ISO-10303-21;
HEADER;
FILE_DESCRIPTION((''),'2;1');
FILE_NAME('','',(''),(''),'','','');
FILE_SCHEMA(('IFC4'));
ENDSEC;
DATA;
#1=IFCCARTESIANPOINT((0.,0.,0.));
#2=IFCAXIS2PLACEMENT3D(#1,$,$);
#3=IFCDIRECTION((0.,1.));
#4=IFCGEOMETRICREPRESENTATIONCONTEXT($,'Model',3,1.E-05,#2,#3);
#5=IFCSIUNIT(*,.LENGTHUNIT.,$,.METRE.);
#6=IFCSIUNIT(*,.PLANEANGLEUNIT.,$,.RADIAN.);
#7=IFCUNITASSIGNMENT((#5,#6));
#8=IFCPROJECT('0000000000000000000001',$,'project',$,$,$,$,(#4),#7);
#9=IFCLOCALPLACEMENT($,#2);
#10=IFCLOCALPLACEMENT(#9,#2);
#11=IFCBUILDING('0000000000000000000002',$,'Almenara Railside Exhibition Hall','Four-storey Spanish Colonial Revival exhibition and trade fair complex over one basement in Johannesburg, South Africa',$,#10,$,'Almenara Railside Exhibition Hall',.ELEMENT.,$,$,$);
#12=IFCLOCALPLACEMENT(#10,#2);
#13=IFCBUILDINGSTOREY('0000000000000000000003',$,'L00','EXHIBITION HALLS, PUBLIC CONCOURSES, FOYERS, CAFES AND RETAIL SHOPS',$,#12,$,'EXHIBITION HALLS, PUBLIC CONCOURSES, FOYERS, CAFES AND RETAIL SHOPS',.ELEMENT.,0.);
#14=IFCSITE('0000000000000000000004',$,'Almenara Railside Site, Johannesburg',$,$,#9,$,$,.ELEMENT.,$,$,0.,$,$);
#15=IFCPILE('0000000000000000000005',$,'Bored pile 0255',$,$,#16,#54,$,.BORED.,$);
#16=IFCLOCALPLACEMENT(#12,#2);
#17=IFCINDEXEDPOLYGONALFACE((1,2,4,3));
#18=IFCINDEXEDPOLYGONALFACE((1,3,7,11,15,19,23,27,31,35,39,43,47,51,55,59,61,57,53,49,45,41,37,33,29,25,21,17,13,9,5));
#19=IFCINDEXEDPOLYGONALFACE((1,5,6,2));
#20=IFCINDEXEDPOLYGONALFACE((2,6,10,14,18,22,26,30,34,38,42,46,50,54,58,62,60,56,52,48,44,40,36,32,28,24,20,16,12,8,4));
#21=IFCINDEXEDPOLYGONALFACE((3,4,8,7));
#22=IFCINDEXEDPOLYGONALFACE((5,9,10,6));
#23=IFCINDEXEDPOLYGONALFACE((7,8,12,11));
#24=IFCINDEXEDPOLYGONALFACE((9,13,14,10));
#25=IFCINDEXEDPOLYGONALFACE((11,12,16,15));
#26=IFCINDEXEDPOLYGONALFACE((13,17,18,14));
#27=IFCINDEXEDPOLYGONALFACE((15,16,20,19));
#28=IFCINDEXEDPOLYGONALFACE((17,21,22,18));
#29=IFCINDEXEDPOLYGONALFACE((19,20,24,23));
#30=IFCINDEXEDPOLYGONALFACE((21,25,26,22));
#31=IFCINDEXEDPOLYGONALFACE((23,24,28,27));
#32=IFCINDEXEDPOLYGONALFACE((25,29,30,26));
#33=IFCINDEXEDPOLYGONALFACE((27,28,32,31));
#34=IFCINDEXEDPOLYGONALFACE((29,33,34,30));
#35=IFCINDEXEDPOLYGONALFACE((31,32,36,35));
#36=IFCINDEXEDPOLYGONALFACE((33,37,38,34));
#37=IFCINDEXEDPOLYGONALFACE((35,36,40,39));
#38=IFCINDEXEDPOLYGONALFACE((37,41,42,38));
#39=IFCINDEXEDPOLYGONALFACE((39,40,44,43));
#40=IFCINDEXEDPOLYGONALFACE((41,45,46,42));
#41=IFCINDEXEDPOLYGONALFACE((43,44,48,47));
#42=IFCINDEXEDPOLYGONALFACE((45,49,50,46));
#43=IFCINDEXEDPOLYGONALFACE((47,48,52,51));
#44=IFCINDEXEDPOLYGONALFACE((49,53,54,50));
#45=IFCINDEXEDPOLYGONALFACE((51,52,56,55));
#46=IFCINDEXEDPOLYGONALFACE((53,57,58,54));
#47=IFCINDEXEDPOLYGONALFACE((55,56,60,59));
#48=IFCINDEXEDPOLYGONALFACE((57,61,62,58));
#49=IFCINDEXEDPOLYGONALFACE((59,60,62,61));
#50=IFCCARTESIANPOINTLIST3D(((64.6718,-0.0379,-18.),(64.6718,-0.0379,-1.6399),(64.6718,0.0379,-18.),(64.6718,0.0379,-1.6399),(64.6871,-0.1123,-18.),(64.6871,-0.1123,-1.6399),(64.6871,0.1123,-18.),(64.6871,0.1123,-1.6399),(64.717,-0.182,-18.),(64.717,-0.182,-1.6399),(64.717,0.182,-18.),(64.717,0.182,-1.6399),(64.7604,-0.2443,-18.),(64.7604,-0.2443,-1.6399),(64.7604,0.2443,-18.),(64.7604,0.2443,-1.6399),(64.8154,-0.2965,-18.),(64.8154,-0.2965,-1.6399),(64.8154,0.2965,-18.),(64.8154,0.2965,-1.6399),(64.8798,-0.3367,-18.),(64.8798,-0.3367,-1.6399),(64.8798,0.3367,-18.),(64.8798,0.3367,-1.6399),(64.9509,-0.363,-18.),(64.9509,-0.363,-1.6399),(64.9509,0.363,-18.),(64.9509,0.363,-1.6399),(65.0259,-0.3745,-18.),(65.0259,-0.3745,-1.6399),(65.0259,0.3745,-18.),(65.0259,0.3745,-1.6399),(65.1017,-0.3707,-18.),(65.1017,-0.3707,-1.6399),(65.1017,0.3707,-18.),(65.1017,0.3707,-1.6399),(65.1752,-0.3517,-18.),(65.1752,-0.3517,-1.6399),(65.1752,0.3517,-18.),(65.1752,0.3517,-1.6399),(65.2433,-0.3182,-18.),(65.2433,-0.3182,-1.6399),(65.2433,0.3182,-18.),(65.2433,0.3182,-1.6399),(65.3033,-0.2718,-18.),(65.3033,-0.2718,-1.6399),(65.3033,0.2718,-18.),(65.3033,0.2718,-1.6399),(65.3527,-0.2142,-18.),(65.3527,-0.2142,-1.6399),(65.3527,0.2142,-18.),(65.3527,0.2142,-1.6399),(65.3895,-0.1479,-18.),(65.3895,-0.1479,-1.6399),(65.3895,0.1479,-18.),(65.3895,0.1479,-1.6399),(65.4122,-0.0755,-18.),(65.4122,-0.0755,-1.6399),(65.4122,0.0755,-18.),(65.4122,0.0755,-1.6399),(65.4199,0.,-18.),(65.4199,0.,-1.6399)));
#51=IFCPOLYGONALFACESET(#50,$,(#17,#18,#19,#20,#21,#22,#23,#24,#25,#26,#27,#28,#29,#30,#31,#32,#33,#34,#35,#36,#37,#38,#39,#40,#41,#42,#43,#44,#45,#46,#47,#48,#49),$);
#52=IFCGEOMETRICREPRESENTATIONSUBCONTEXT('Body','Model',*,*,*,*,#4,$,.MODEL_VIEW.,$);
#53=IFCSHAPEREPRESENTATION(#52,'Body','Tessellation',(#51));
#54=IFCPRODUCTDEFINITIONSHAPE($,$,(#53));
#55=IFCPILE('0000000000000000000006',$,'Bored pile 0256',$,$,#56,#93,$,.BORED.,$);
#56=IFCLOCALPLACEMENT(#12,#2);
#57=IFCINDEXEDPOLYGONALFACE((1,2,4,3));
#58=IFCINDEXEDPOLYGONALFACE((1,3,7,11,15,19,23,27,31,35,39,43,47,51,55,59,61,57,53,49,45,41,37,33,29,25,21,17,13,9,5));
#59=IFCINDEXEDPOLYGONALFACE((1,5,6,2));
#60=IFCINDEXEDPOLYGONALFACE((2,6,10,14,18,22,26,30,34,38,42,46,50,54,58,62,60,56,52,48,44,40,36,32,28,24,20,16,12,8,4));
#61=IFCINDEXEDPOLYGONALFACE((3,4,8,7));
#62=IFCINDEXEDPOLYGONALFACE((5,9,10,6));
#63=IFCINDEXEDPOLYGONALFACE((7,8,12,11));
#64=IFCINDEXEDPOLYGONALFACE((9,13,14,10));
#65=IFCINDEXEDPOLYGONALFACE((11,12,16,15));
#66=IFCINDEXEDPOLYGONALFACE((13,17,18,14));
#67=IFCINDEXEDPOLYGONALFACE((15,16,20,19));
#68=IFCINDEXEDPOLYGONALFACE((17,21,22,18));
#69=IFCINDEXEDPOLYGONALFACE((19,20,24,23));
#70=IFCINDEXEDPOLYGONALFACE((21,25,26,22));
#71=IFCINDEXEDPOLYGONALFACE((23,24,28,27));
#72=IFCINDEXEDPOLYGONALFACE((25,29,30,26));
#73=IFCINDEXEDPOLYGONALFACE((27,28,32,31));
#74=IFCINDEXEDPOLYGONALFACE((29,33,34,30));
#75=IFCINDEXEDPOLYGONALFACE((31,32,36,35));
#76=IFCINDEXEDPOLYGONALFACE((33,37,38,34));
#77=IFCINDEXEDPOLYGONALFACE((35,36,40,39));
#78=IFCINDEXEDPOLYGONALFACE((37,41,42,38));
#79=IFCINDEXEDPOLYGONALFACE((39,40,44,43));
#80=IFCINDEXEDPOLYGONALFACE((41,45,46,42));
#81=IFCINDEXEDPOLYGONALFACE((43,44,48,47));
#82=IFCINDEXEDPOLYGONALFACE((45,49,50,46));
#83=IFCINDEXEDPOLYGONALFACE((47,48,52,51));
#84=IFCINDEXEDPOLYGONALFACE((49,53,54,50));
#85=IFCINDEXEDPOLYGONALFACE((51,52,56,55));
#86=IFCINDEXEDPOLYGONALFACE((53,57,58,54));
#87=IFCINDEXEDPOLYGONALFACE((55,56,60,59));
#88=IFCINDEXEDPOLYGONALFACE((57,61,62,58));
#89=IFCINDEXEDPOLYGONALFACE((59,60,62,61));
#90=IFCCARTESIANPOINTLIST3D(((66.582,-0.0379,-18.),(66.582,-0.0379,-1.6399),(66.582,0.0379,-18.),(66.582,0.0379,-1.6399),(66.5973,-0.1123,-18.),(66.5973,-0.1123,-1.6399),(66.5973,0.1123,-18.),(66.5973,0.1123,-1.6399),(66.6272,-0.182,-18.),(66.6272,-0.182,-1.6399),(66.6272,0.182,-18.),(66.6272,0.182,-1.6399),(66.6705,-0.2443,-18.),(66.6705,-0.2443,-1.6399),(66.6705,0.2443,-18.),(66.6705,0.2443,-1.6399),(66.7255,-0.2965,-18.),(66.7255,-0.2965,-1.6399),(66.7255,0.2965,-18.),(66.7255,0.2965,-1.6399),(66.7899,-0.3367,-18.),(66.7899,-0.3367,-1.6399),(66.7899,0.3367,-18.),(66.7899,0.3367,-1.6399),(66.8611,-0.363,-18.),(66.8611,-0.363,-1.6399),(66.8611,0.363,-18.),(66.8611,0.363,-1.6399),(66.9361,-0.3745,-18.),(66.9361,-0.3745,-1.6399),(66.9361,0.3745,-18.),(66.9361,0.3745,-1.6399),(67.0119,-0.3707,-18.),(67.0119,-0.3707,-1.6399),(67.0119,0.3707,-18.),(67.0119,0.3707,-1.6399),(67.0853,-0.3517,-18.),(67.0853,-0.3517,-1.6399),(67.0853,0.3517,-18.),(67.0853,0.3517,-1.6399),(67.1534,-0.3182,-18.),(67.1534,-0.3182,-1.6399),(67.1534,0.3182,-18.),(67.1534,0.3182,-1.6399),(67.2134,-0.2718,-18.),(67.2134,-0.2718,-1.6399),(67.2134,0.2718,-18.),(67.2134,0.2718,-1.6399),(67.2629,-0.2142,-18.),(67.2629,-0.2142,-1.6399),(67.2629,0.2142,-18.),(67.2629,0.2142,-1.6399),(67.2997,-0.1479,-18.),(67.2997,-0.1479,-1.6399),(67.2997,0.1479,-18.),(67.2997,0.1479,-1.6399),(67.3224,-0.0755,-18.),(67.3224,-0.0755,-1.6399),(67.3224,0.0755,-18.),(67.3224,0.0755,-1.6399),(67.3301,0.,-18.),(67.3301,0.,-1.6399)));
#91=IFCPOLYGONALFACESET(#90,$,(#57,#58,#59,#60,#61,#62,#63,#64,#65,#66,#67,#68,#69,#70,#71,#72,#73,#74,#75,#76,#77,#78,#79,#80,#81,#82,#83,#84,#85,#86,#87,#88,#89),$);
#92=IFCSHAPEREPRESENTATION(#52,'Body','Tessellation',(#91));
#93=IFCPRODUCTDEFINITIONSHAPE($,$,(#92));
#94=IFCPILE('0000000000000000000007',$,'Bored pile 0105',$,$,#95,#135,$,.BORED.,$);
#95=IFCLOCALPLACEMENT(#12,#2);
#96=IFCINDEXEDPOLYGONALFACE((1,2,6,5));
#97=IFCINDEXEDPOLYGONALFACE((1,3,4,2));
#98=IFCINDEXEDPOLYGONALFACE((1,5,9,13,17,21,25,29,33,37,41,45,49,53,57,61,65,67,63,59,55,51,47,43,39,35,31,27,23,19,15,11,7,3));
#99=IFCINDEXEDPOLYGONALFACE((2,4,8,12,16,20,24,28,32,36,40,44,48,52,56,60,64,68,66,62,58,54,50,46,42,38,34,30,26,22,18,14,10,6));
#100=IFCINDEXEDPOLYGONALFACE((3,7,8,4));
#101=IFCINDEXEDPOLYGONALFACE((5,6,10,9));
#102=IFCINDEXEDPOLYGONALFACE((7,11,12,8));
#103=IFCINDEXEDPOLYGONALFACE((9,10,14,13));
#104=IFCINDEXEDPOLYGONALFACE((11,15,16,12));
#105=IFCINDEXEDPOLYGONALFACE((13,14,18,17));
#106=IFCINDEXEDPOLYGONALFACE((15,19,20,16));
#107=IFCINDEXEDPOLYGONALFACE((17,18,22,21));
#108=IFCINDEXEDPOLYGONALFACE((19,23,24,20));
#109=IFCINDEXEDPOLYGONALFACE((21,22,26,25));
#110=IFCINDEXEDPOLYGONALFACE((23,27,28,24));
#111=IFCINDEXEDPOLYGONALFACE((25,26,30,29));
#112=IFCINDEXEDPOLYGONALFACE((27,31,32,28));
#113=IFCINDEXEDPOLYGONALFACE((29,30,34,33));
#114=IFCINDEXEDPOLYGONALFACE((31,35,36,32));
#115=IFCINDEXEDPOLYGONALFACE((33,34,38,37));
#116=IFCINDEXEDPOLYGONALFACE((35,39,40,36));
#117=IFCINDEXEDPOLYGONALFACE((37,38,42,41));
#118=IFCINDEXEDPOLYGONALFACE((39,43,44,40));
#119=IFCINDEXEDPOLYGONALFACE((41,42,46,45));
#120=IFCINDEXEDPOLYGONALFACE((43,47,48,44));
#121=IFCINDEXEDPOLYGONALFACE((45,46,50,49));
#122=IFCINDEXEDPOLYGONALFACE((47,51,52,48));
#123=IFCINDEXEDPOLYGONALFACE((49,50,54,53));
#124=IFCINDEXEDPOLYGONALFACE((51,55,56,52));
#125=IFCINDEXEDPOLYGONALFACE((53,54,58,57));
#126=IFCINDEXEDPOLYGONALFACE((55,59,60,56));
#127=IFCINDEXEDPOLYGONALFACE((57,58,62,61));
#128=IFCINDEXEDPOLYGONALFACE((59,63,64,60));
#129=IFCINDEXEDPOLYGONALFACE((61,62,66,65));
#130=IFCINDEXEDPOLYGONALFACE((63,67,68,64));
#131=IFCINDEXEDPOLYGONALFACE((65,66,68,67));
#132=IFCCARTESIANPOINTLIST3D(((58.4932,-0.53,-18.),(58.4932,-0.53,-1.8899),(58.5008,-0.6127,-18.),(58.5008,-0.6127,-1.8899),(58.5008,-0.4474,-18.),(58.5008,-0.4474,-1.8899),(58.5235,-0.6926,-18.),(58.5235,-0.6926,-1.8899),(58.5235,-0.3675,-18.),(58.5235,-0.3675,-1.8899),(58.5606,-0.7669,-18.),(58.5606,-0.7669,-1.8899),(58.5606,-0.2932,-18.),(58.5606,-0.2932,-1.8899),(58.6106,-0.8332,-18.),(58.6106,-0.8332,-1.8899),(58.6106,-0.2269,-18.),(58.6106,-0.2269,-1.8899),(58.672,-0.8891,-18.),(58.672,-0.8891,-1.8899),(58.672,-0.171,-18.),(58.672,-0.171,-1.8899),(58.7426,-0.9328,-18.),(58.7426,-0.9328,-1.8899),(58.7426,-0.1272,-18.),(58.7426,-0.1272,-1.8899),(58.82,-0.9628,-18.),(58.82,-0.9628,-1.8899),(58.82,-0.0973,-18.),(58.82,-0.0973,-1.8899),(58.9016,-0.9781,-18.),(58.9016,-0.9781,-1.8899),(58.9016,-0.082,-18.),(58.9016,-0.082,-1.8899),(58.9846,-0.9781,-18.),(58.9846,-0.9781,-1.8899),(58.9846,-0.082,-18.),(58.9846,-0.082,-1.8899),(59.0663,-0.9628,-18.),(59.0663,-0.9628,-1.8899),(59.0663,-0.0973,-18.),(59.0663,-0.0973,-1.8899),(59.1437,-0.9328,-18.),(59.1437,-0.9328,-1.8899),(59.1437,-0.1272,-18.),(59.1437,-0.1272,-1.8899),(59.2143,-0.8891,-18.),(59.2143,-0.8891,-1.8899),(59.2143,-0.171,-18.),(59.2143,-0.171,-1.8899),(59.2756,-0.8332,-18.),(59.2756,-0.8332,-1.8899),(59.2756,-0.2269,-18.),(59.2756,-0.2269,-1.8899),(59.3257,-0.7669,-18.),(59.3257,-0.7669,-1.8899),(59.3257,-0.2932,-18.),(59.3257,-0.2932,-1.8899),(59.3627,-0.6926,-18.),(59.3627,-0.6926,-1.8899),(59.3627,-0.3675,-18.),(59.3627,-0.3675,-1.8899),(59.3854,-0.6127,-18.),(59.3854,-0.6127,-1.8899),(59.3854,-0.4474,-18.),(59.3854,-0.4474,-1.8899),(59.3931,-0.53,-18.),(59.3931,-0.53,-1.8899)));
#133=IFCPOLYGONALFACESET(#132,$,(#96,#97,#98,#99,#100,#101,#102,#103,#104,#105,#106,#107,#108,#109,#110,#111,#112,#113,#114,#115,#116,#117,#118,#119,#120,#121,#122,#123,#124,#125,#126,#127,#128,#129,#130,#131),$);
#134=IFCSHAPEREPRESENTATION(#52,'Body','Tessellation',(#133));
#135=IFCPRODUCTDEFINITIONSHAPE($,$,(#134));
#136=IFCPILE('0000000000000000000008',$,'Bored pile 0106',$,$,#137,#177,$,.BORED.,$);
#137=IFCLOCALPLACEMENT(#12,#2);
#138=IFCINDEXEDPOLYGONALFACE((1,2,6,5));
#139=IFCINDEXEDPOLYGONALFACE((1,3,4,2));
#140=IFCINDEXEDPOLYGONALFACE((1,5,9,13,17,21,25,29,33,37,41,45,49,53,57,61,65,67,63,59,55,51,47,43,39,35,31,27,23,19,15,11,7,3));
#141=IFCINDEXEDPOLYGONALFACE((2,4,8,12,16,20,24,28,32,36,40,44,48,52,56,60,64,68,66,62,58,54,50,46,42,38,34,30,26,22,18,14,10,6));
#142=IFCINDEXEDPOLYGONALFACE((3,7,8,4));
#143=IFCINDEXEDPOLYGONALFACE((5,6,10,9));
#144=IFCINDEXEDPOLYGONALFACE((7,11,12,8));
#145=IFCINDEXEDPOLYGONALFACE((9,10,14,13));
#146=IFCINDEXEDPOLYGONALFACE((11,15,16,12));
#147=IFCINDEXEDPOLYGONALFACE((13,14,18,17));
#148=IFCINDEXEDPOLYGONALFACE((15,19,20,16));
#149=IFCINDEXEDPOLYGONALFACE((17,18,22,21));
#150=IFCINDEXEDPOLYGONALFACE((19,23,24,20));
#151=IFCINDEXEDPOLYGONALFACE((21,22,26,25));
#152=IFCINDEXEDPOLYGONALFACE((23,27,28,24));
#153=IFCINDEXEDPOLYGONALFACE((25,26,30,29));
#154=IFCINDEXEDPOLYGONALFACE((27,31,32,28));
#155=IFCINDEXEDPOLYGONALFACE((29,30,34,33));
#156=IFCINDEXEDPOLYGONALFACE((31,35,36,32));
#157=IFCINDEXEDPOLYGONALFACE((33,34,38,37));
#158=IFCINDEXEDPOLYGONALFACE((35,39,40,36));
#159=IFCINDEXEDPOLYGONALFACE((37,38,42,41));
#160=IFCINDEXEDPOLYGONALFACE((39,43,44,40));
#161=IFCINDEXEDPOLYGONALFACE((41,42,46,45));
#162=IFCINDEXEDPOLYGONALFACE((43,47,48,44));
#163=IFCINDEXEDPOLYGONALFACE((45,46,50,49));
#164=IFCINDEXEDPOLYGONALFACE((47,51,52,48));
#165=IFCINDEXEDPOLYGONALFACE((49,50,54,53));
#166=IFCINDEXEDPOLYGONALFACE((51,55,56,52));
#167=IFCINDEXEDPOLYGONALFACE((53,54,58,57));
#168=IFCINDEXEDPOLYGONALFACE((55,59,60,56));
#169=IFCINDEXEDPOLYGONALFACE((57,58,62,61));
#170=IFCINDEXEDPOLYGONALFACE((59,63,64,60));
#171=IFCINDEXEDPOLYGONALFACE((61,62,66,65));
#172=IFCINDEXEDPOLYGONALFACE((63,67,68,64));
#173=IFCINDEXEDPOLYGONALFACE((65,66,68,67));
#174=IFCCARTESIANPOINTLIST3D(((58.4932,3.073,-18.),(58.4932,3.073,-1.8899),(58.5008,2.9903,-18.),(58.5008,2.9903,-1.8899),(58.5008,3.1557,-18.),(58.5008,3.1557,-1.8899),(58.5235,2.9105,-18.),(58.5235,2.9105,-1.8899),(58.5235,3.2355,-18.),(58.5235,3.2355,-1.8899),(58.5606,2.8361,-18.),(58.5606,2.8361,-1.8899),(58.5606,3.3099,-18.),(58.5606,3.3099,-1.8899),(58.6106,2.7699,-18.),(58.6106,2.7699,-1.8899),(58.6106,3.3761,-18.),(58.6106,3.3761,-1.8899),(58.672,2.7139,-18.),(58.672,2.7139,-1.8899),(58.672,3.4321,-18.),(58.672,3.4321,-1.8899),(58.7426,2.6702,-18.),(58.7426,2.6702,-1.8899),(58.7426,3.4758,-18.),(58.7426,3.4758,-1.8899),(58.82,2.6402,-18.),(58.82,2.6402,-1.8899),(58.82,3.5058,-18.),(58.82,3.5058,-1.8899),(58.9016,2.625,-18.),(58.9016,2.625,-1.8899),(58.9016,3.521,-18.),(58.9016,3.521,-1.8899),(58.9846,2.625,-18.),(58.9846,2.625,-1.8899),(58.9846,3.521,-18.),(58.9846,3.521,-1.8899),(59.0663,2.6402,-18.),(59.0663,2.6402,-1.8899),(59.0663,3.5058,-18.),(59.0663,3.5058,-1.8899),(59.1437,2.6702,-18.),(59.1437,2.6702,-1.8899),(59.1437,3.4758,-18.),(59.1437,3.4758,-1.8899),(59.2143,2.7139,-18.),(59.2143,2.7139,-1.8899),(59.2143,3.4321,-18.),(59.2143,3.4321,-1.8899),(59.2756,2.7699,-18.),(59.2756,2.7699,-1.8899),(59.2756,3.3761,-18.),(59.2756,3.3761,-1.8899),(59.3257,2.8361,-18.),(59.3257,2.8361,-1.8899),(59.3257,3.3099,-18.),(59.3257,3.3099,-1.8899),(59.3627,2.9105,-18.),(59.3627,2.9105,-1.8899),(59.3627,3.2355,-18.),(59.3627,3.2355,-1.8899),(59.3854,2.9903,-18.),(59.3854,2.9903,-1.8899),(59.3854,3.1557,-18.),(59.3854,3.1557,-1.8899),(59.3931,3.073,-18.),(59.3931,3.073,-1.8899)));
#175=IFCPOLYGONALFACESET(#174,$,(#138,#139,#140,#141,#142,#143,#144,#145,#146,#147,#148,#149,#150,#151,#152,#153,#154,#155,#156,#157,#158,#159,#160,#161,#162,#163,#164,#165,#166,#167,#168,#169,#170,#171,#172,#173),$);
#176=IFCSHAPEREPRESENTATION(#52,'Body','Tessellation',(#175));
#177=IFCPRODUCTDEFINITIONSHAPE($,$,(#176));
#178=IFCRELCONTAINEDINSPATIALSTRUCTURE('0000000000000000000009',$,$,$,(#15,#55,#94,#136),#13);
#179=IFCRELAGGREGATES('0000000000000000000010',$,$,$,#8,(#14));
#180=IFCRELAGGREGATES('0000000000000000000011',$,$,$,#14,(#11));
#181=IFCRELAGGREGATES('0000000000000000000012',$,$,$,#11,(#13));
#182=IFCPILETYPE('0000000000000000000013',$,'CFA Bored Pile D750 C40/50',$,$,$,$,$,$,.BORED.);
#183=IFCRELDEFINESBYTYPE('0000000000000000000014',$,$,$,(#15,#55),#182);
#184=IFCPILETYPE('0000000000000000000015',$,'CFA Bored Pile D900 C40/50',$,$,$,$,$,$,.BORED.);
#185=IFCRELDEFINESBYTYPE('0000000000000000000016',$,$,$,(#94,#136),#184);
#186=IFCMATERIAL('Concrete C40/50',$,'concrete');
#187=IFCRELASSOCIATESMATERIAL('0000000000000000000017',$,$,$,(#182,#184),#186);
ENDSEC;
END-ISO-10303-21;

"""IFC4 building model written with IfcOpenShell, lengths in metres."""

from ifc_helpers import new_model, si_unit, direction, frame, origin, origin_2d, place, context, subcontext, project, spatial, circle, extrude, material, material_profile, profile_set, type_object, element, save


model = new_model("IFC4")

# Units and contexts
model_context = context("Model", 3, precision=1e-05, world=origin(), true_north=direction((0.0, 1.0)))
body_context = subcontext(model_context, "Body", "Model", "MODEL_VIEW")
ifc_project = project(units=[si_unit("LENGTHUNIT", "METRE"), si_unit("PLANEANGLEUNIT", "RADIAN")], contexts=[model_context])

# Site, building, storey
site_placement = place(None, origin())
site = spatial("IfcSite", under=ifc_project, at=site_placement, Name="Almenara Railside Site, Johannesburg", CompositionType="ELEMENT", RefElevation=0.0)
building_placement = place(site_placement, origin())
building = spatial("IfcBuilding", under=site, at=building_placement, Name="Almenara Railside Exhibition Hall", Description="Four-storey Spanish Colonial Revival exhibition and trade fair complex over one basement in Johannesburg, South Africa", LongName="Almenara Railside Exhibition Hall", CompositionType="ELEMENT")
storey_placement = place(building_placement, origin())
storey = spatial("IfcBuildingStorey", under=building, at=storey_placement, Name="L00", Description="EXHIBITION HALLS, PUBLIC CONCOURSES, FOYERS, CAFES AND RETAIL SHOPS", LongName="EXHIBITION HALLS, PUBLIC CONCOURSES, FOYERS, CAFES AND RETAIL SHOPS", CompositionType="ELEMENT", Elevation=0.0)

# Piles
ifc_material_1 = material(Name="Concrete C40/50", Category="concrete")
ifc_material_profile_1 = material_profile(ifc_material_1, circle(Radius=0.375, at=origin_2d()), Name="CFA-PILE D750")
ifc_profile_set_1 = profile_set([ifc_material_profile_1], Name="Concrete C40/50")
pile_type_1 = type_object("IfcPileType", Name="CFA Bored Pile D750 C40/50", PredefinedType="BORED", material=ifc_profile_set_1)
for number, where, z_axis, x_axis, name in (
    (1, (65.0449, 0.0, -1.6399), (0.0, 0.0, -1.0), (1.0, 0.0, 0.0), "Bored pile 0255"),
    (2, (66.9551, 0.0, -1.6399), (0.0, 0.0, -1.0), (1.0, 0.0, 0.0), "Bored pile 0256"),
):
    element("IfcPile", number, at=place(storey_placement, frame(where, z_axis=z_axis, x_axis=x_axis)), inside=storey, type_object=pile_type_1, Name=name, PredefinedType="BORED", context=body_context, shape_type="SweptSolid", body=[
        extrude(circle(Radius=0.375, at=origin_2d()), origin(), (0.0, 0.0, 1.0), 16.3601),
    ])
ifc_material_profile_2 = material_profile(ifc_material_1, circle(Radius=0.45, at=origin_2d()), Name="CFA-PILE D900")
ifc_profile_set_2 = profile_set([ifc_material_profile_2], Name="Concrete C40/50")
pile_type_2 = type_object("IfcPileType", Name="CFA Bored Pile D900 C40/50", PredefinedType="BORED", material=ifc_profile_set_2)
for number, where, z_axis, x_axis, name in (
    (3, (58.9431, -0.53, -1.8899), (0.0, 0.0, -1.0), (1.0, 0.0, 0.0), "Bored pile 0105"),
    (4, (58.9431, 3.073, -1.8899), (0.0, 0.0, -1.0), (1.0, 0.0, 0.0), "Bored pile 0106"),
):
    element("IfcPile", number, at=place(storey_placement, frame(where, z_axis=z_axis, x_axis=x_axis)), inside=storey, type_object=pile_type_2, Name=name, PredefinedType="BORED", context=body_context, shape_type="SweptSolid", body=[
        extrude(circle(Radius=0.45, at=origin_2d()), origin(), (0.0, 0.0, 1.0), 16.1101),
    ])

save(model, "model.ifc")
